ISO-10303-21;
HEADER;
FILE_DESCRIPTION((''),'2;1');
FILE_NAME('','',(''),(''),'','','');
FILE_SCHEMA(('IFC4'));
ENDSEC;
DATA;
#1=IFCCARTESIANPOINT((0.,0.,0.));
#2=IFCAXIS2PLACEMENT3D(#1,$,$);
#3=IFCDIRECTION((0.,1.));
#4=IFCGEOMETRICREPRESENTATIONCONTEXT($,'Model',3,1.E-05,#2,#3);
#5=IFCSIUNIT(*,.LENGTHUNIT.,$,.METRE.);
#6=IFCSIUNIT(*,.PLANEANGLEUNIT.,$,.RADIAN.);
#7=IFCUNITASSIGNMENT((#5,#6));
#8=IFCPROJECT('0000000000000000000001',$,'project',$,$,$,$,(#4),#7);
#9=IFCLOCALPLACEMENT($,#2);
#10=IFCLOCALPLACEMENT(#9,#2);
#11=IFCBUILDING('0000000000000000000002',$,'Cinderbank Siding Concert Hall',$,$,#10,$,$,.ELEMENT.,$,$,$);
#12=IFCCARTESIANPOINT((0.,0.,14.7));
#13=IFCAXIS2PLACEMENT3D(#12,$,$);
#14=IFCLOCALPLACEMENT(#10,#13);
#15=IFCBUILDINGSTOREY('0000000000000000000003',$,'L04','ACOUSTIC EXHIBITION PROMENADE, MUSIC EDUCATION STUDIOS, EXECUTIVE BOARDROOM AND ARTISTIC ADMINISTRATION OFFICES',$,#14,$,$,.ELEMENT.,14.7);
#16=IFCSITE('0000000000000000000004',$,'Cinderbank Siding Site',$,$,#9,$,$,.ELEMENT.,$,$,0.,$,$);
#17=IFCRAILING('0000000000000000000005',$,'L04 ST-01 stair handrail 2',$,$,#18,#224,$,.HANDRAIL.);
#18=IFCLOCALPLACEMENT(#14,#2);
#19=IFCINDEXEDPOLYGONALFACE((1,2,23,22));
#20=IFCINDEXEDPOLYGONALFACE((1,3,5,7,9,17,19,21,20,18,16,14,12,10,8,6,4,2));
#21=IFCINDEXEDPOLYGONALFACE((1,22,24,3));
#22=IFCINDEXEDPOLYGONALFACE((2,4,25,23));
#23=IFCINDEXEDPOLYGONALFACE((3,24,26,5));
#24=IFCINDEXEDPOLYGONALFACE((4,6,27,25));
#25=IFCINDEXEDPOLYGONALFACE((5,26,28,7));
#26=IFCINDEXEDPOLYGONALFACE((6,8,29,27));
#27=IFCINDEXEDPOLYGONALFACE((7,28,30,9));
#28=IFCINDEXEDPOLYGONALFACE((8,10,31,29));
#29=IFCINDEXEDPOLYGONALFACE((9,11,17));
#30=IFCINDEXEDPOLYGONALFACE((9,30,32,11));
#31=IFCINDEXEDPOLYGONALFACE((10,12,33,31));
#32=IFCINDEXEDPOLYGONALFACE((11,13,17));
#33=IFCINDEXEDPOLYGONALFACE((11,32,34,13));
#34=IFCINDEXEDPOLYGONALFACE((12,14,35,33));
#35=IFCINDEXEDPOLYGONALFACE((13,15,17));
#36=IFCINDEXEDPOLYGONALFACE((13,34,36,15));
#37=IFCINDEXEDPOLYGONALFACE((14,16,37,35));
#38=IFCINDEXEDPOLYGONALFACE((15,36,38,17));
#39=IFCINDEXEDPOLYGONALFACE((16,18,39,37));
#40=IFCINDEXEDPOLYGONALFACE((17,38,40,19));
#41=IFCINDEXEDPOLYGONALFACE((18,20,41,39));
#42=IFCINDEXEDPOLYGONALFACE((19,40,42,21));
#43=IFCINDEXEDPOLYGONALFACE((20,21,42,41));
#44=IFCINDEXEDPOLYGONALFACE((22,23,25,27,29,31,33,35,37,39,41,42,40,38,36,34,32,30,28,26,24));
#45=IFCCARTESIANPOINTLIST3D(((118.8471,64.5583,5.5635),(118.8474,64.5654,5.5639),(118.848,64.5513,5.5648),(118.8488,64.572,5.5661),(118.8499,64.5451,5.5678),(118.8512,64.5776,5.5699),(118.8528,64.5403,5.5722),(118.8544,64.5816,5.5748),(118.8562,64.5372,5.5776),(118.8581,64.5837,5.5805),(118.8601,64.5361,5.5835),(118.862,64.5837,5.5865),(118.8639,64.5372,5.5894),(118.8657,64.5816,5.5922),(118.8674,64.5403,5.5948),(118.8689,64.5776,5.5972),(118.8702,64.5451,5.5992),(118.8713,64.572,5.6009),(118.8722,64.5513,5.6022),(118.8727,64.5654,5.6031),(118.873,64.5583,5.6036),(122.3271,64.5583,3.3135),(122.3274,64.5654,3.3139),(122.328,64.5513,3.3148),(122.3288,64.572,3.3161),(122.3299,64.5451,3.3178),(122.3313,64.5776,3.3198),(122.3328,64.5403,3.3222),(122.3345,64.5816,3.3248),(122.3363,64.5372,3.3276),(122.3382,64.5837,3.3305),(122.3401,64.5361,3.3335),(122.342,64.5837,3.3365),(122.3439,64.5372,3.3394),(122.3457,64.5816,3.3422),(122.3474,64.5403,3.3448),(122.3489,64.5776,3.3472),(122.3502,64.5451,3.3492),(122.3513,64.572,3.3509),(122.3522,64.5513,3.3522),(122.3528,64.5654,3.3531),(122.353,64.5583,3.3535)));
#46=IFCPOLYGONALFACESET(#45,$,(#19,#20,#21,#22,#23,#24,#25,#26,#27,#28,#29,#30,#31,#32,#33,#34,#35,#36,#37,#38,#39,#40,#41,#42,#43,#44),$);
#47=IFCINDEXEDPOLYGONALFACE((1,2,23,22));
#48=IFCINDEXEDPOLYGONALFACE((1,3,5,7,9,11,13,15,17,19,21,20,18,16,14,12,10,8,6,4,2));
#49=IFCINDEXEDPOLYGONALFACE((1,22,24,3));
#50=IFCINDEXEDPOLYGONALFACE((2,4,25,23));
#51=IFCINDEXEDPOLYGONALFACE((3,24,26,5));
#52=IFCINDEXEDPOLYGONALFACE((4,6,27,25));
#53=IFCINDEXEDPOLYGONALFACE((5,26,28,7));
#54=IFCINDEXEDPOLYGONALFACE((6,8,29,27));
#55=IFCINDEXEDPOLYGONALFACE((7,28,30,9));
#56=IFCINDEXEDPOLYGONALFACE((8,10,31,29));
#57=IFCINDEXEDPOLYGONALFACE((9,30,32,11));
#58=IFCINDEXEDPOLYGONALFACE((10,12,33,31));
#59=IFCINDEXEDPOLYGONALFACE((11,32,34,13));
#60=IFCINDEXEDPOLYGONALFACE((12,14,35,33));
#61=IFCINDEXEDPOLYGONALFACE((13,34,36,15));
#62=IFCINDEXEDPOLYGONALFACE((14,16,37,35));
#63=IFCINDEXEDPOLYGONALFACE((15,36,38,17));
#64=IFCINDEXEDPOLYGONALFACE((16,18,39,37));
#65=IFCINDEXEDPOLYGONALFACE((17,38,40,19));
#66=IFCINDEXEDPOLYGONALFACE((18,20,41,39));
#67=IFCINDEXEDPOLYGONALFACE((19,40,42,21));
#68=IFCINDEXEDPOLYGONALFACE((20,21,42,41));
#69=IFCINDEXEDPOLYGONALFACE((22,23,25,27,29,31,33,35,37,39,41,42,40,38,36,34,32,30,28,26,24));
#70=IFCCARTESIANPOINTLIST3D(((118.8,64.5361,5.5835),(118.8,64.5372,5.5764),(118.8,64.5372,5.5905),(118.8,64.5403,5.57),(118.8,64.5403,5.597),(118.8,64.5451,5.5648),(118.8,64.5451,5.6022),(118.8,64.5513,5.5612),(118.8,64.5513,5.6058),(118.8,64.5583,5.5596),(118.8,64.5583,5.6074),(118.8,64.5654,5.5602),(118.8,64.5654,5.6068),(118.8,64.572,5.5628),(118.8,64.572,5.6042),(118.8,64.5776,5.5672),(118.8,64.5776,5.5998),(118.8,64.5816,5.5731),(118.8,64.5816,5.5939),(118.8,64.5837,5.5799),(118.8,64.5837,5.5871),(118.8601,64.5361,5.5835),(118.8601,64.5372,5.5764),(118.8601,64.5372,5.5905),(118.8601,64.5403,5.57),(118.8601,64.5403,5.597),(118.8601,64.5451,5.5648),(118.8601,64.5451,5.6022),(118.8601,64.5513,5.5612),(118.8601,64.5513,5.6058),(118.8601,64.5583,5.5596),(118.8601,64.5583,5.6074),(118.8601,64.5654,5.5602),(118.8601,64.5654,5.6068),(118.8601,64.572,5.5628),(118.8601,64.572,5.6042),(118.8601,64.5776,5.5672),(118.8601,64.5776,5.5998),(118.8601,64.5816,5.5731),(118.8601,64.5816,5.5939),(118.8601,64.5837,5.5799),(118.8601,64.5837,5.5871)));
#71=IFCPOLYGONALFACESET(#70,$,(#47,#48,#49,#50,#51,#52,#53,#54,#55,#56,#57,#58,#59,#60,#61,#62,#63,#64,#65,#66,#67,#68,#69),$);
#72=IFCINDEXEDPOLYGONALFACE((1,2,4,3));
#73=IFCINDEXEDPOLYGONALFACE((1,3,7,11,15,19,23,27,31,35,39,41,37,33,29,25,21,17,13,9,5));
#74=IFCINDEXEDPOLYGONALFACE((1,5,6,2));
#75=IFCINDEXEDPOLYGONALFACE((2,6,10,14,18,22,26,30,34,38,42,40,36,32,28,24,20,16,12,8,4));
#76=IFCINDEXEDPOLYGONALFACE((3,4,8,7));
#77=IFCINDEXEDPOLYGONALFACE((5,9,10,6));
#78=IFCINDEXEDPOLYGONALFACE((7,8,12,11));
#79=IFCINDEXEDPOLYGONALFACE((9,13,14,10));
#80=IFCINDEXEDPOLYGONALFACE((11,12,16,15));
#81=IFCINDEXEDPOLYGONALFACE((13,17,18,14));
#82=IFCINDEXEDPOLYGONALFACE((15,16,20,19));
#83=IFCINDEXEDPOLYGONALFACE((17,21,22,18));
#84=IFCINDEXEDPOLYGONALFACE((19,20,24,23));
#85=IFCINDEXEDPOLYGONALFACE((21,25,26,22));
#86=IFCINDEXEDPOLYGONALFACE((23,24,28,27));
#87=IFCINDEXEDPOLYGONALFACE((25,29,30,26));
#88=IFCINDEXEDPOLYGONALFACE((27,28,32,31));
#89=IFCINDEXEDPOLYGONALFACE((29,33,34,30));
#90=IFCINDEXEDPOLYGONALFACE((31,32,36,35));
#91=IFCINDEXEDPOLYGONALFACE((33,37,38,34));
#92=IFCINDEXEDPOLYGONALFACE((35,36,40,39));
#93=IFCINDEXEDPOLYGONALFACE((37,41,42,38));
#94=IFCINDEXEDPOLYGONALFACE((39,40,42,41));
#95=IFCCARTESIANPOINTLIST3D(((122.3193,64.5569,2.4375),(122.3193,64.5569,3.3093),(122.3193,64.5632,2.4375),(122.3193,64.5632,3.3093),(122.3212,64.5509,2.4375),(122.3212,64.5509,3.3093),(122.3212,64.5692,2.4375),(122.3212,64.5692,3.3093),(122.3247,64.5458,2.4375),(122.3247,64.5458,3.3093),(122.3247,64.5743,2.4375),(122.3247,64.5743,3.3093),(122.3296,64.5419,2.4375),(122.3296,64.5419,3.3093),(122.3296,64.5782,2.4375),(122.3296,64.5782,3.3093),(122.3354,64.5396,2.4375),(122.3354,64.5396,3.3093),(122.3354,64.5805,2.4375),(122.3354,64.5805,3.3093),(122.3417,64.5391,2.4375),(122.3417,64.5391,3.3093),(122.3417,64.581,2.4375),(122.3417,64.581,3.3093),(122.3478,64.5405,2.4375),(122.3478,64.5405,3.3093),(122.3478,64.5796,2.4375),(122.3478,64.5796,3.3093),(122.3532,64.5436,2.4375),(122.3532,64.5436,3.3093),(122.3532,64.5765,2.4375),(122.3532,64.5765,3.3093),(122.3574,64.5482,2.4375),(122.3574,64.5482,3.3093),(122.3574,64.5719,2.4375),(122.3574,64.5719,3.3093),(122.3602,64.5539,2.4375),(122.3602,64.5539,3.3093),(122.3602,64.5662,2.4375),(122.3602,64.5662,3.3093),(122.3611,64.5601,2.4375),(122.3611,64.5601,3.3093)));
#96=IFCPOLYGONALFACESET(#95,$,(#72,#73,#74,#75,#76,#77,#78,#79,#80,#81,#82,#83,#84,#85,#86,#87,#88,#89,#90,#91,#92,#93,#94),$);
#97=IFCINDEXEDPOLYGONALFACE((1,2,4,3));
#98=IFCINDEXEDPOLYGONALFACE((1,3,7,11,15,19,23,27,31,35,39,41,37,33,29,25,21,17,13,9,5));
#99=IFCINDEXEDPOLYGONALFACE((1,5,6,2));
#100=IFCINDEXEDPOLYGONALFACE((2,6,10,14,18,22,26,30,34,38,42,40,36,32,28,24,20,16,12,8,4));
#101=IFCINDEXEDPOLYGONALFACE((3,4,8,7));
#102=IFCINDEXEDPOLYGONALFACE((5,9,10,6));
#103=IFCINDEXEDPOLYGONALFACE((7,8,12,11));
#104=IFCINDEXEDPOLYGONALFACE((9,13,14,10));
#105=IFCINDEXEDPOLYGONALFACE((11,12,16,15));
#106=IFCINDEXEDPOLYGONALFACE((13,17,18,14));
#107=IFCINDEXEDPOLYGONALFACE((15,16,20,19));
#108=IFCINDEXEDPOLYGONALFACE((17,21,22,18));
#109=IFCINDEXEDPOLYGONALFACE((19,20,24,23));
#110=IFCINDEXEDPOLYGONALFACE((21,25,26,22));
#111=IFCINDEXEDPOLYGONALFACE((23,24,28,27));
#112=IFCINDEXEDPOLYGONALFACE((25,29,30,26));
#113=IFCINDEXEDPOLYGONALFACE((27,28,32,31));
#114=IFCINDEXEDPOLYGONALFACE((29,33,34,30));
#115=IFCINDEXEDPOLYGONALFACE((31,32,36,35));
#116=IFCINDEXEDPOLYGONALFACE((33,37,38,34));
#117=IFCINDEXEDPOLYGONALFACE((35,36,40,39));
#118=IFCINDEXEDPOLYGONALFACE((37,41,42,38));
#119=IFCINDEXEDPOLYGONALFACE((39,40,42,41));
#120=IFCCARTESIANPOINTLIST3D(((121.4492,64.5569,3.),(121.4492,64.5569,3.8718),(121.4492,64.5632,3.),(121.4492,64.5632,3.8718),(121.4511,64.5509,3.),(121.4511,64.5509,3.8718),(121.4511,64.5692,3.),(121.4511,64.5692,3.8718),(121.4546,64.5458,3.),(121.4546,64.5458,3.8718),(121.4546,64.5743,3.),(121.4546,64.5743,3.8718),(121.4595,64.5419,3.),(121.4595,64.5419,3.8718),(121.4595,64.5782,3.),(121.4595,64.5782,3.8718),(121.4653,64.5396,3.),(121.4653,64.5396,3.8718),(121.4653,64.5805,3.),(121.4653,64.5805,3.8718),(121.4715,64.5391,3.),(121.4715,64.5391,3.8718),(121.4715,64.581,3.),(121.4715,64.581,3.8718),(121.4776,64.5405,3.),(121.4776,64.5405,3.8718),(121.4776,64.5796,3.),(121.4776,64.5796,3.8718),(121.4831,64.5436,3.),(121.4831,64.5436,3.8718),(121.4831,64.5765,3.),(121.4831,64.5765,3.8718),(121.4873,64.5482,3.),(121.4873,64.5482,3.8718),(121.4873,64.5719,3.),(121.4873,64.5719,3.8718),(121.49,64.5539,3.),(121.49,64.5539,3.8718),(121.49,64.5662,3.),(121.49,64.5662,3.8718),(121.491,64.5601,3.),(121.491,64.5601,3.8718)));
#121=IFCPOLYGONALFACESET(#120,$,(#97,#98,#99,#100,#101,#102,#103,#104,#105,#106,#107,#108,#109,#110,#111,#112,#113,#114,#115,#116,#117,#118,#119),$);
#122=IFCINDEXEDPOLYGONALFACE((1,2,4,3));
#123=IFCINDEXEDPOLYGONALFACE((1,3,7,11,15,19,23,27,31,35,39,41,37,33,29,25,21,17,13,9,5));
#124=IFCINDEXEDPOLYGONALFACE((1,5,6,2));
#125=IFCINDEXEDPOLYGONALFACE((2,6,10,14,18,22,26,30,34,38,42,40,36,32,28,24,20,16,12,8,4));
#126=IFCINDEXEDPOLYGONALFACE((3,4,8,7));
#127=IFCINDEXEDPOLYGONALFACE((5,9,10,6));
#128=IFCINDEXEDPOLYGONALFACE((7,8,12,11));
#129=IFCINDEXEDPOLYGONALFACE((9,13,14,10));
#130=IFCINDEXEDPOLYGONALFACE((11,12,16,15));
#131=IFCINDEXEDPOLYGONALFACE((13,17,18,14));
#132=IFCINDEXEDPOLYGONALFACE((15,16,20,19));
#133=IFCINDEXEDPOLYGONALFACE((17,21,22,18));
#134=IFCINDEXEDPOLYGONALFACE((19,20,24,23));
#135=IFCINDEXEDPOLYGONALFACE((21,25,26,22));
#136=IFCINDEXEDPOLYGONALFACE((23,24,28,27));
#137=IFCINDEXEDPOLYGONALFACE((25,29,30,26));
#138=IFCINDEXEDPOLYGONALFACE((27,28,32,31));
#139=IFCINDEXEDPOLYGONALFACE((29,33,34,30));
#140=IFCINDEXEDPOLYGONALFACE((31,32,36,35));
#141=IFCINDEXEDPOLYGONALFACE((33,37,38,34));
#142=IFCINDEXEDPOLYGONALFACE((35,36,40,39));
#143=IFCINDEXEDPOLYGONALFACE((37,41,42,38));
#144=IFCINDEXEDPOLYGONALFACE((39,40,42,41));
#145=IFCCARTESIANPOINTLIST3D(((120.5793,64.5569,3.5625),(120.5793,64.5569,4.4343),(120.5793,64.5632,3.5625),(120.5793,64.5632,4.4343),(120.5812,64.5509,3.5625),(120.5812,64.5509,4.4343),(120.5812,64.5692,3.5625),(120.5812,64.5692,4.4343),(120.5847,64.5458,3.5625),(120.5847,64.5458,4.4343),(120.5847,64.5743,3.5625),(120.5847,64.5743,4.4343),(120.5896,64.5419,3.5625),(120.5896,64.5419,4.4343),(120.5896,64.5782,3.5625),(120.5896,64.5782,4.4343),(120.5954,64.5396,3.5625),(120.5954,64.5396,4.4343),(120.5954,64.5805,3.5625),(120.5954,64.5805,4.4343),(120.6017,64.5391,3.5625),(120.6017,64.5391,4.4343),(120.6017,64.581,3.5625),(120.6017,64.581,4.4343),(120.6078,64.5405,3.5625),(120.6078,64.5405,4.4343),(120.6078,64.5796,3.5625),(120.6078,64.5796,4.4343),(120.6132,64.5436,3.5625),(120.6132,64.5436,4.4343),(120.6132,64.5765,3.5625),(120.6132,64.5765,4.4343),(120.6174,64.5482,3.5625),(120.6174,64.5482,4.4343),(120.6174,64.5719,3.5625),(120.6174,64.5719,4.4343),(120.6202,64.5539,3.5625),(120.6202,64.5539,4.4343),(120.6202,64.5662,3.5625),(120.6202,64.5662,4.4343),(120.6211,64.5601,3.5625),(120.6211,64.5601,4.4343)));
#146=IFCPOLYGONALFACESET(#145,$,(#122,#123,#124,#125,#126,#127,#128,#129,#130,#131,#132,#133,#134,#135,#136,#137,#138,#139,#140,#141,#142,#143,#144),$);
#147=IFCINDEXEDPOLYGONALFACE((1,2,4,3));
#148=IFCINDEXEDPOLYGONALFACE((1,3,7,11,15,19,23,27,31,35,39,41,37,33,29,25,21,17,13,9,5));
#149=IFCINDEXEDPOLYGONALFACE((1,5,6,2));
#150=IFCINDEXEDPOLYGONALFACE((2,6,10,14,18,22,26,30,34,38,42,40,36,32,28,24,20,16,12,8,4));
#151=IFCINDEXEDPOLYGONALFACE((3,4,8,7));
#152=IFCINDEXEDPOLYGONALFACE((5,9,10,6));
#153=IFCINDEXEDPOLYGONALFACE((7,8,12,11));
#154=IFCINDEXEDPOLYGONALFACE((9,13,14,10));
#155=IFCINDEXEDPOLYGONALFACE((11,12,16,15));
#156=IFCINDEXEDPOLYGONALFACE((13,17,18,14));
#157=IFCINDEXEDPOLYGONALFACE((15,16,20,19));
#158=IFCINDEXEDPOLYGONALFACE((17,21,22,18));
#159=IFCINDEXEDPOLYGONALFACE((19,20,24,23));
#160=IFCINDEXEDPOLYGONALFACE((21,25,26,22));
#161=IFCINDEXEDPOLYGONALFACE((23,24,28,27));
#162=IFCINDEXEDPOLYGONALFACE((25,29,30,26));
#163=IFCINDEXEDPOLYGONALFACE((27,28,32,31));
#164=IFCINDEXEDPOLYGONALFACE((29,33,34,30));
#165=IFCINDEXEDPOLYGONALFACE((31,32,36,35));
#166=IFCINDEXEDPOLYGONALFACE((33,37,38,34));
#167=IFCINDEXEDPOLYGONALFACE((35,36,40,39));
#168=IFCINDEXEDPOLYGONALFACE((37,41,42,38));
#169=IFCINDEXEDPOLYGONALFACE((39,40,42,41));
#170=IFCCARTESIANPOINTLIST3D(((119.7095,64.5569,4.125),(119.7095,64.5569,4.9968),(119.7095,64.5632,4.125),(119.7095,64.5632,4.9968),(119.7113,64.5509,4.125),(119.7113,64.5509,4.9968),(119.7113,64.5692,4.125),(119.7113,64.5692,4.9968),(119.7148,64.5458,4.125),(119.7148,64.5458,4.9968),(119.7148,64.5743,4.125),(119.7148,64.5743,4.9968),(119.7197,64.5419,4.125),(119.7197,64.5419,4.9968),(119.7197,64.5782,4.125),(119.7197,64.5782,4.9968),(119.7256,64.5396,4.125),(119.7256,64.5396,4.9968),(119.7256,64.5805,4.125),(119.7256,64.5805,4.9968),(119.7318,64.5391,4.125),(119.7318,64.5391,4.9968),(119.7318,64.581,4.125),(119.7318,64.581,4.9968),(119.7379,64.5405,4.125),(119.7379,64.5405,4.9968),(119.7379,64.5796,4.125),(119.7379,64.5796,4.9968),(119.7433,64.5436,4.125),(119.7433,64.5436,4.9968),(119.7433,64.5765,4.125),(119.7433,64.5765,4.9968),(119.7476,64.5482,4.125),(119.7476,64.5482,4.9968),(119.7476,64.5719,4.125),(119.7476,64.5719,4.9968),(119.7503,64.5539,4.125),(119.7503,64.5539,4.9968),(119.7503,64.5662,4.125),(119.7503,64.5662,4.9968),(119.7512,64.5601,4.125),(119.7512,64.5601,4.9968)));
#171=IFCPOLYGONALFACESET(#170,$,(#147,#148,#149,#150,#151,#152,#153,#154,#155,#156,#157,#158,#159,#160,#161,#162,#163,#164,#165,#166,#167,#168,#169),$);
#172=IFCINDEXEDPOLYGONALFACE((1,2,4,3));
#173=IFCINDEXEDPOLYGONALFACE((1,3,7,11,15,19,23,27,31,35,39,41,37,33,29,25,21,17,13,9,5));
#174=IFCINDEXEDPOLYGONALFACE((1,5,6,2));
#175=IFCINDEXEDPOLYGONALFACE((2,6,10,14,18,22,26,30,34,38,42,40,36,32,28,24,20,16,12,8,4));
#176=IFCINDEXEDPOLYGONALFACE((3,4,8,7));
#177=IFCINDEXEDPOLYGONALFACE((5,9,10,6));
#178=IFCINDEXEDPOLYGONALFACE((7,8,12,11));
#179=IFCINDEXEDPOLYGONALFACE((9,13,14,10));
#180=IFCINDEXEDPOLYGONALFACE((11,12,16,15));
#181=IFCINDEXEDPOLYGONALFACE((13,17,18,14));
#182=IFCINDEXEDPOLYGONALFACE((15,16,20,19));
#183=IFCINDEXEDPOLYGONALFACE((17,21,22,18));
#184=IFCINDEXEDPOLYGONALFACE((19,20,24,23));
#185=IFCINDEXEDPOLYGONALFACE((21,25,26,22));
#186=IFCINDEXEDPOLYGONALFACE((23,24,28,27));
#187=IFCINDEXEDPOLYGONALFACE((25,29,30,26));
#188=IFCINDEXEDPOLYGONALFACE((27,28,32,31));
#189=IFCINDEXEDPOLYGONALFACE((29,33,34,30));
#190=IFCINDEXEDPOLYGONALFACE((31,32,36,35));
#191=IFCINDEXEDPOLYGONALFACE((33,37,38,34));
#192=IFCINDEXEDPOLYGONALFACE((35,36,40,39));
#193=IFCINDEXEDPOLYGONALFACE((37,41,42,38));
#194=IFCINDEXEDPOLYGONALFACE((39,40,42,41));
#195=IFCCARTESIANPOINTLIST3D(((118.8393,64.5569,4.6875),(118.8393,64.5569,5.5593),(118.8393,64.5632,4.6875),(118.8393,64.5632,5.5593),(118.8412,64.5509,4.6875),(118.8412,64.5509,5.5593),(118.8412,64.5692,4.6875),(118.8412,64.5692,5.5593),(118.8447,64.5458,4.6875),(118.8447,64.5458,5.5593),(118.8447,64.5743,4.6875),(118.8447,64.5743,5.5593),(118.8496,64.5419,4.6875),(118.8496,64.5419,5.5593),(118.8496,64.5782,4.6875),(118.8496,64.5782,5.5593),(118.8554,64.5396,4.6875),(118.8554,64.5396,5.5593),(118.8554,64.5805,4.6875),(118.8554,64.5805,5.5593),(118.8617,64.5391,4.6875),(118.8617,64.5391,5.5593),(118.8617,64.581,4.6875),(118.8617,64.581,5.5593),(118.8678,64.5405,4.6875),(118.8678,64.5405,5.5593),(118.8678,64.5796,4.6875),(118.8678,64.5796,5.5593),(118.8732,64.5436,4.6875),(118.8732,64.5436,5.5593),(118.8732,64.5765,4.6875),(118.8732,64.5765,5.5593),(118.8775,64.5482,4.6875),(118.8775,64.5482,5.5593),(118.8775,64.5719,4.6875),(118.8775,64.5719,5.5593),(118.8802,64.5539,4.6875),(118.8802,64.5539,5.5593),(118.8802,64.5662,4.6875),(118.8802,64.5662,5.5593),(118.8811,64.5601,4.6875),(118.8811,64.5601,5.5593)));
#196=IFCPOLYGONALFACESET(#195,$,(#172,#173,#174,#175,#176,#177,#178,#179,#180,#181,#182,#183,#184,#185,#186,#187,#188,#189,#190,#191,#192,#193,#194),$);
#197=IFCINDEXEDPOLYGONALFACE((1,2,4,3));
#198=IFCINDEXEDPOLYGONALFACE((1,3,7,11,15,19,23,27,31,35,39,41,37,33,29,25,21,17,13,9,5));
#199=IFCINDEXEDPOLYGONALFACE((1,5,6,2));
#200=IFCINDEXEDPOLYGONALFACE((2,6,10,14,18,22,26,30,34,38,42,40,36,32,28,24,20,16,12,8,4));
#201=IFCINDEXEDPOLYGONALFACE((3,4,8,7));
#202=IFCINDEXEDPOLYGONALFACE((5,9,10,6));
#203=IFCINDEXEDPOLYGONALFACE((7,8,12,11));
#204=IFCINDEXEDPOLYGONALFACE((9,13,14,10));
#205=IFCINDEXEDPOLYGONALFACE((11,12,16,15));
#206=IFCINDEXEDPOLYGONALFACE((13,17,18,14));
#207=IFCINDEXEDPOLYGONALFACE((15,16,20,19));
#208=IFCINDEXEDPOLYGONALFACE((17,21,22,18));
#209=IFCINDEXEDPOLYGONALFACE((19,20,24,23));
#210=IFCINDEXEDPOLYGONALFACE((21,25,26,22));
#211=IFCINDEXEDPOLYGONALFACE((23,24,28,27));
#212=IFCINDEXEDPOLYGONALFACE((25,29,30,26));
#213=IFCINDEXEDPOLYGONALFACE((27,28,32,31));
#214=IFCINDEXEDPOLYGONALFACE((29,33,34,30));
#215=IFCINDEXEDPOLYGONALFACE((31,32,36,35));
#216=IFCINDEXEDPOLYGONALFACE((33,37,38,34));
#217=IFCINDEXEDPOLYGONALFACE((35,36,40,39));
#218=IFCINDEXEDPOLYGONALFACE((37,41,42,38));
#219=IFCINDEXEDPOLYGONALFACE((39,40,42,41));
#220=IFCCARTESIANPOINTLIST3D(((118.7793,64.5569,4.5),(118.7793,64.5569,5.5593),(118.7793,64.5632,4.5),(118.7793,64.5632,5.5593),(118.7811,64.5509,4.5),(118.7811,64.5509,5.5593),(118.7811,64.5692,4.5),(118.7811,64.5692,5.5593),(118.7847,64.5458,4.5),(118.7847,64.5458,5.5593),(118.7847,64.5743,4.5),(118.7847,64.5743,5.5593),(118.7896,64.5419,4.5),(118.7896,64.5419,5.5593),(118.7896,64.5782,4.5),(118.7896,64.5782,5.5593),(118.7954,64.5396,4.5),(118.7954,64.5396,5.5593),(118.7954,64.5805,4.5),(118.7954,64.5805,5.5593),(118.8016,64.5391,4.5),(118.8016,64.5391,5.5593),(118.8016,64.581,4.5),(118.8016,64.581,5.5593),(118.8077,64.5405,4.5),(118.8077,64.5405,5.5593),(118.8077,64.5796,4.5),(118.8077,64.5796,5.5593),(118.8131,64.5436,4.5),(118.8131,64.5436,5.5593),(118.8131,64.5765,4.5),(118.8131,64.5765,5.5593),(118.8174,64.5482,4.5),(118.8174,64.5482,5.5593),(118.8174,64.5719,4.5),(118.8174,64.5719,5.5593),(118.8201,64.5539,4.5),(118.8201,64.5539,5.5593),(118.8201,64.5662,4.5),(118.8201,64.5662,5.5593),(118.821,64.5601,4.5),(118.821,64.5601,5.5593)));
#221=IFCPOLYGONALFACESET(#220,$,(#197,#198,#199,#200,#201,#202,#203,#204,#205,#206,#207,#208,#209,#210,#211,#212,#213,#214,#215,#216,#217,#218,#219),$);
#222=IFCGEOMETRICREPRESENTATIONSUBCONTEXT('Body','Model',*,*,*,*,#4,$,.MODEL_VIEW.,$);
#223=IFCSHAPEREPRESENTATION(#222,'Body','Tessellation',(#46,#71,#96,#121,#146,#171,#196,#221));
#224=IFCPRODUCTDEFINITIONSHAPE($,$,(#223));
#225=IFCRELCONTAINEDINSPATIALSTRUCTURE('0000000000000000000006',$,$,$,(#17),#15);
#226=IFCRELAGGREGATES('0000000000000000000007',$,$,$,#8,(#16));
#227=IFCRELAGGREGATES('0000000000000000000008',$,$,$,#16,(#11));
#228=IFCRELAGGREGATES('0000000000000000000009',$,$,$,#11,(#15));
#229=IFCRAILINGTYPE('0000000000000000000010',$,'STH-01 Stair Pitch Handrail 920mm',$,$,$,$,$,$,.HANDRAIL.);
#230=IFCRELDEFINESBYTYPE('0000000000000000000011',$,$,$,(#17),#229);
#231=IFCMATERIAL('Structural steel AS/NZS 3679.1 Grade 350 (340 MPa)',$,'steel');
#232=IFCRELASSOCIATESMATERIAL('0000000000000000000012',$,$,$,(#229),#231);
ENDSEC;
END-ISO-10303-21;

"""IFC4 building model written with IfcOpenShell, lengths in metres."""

from ifc_helpers import new_model, si_unit, direction, frame, origin, origin_2d, place, context, subcontext, project, spatial, circle, extrude, material, type_object, element, save


model = new_model("IFC4")

# Units and contexts
model_context = context("Model", 3, precision=1e-05, world=origin(), true_north=direction((0.0, 1.0)))
body_context = subcontext(model_context, "Body", "Model", "MODEL_VIEW")
ifc_project = project(units=[si_unit("LENGTHUNIT", "METRE"), si_unit("PLANEANGLEUNIT", "RADIAN")], contexts=[model_context])

# Site, building, storey
site_placement = place(None, origin())
site = spatial("IfcSite", under=ifc_project, at=site_placement, Name="Cinderbank Siding Site", CompositionType="ELEMENT", RefElevation=0.0)
building_placement = place(site_placement, origin())
building = spatial("IfcBuilding", under=site, at=building_placement, Name="Cinderbank Siding Concert Hall", CompositionType="ELEMENT")
storey_placement = place(building_placement, frame((0.0, 0.0, 14.7)))
storey = spatial("IfcBuildingStorey", under=building, at=storey_placement, Name="L04", Description="ACOUSTIC EXHIBITION PROMENADE, MUSIC EDUCATION STUDIOS, EXECUTIVE BOARDROOM AND ARTISTIC ADMINISTRATION OFFICES", CompositionType="ELEMENT", Elevation=14.7)

# Shared definitions
ifc_material_1 = material(Name="Structural steel AS/NZS 3679.1 Grade 350 (340 MPa)", Category="steel")

# Railing
railing_type_1 = type_object("IfcRailingType", Name="STH-01 Stair Pitch Handrail 920mm", PredefinedType="HANDRAIL", material=ifc_material_1)
railing_1_placement = place(storey_placement, frame((122.3401, 64.5601, 2.4375)))
element("IfcRailing", 1, at=railing_1_placement, inside=storey, type_object=railing_type_1, Name="L04 ST-01 stair handrail 2", PredefinedType="HANDRAIL", context=body_context, shape_type="SweptSolid", body=[
    extrude(circle(Radius=0.0239, at=origin_2d()), frame((0.0, 0.0, 0.896), z_axis=(-0.839763, 0.0, 0.542953), x_axis=(0.0, -1.0, 0.0)), (0.0, 0.0, 1.0), 4.144),
    extrude(circle(Radius=0.0239, at=origin_2d()), frame((-3.48, 0.0, 3.146), z_axis=(-1.0, 0.0, 0.0), x_axis=(0.0, -1.0, 0.0)), (0.0, 0.0, 1.0), 0.0601),
    extrude(circle(Radius=0.021, at=origin_2d()), origin(), (0.0, 0.0, 1.0), 0.8718),
    extrude(circle(Radius=0.021, at=origin_2d()), frame((-0.8701, 0.0, 0.5625)), (0.0, 0.0, 1.0), 0.8718),
    extrude(circle(Radius=0.021, at=origin_2d()), frame((-1.74, 0.0, 1.125)), (0.0, 0.0, 1.0), 0.8718),
    extrude(circle(Radius=0.021, at=origin_2d()), frame((-2.6099, 0.0, 1.6875)), (0.0, 0.0, 1.0), 0.8718),
    extrude(circle(Radius=0.021, at=origin_2d()), frame((-3.48, 0.0, 2.25)), (0.0, 0.0, 1.0), 0.8718),
    extrude(circle(Radius=0.021, at=origin_2d()), frame((-3.54, 0.0, 2.0625)), (0.0, 0.0, 1.0), 1.0593),
])

save(model, "model.ifc")
